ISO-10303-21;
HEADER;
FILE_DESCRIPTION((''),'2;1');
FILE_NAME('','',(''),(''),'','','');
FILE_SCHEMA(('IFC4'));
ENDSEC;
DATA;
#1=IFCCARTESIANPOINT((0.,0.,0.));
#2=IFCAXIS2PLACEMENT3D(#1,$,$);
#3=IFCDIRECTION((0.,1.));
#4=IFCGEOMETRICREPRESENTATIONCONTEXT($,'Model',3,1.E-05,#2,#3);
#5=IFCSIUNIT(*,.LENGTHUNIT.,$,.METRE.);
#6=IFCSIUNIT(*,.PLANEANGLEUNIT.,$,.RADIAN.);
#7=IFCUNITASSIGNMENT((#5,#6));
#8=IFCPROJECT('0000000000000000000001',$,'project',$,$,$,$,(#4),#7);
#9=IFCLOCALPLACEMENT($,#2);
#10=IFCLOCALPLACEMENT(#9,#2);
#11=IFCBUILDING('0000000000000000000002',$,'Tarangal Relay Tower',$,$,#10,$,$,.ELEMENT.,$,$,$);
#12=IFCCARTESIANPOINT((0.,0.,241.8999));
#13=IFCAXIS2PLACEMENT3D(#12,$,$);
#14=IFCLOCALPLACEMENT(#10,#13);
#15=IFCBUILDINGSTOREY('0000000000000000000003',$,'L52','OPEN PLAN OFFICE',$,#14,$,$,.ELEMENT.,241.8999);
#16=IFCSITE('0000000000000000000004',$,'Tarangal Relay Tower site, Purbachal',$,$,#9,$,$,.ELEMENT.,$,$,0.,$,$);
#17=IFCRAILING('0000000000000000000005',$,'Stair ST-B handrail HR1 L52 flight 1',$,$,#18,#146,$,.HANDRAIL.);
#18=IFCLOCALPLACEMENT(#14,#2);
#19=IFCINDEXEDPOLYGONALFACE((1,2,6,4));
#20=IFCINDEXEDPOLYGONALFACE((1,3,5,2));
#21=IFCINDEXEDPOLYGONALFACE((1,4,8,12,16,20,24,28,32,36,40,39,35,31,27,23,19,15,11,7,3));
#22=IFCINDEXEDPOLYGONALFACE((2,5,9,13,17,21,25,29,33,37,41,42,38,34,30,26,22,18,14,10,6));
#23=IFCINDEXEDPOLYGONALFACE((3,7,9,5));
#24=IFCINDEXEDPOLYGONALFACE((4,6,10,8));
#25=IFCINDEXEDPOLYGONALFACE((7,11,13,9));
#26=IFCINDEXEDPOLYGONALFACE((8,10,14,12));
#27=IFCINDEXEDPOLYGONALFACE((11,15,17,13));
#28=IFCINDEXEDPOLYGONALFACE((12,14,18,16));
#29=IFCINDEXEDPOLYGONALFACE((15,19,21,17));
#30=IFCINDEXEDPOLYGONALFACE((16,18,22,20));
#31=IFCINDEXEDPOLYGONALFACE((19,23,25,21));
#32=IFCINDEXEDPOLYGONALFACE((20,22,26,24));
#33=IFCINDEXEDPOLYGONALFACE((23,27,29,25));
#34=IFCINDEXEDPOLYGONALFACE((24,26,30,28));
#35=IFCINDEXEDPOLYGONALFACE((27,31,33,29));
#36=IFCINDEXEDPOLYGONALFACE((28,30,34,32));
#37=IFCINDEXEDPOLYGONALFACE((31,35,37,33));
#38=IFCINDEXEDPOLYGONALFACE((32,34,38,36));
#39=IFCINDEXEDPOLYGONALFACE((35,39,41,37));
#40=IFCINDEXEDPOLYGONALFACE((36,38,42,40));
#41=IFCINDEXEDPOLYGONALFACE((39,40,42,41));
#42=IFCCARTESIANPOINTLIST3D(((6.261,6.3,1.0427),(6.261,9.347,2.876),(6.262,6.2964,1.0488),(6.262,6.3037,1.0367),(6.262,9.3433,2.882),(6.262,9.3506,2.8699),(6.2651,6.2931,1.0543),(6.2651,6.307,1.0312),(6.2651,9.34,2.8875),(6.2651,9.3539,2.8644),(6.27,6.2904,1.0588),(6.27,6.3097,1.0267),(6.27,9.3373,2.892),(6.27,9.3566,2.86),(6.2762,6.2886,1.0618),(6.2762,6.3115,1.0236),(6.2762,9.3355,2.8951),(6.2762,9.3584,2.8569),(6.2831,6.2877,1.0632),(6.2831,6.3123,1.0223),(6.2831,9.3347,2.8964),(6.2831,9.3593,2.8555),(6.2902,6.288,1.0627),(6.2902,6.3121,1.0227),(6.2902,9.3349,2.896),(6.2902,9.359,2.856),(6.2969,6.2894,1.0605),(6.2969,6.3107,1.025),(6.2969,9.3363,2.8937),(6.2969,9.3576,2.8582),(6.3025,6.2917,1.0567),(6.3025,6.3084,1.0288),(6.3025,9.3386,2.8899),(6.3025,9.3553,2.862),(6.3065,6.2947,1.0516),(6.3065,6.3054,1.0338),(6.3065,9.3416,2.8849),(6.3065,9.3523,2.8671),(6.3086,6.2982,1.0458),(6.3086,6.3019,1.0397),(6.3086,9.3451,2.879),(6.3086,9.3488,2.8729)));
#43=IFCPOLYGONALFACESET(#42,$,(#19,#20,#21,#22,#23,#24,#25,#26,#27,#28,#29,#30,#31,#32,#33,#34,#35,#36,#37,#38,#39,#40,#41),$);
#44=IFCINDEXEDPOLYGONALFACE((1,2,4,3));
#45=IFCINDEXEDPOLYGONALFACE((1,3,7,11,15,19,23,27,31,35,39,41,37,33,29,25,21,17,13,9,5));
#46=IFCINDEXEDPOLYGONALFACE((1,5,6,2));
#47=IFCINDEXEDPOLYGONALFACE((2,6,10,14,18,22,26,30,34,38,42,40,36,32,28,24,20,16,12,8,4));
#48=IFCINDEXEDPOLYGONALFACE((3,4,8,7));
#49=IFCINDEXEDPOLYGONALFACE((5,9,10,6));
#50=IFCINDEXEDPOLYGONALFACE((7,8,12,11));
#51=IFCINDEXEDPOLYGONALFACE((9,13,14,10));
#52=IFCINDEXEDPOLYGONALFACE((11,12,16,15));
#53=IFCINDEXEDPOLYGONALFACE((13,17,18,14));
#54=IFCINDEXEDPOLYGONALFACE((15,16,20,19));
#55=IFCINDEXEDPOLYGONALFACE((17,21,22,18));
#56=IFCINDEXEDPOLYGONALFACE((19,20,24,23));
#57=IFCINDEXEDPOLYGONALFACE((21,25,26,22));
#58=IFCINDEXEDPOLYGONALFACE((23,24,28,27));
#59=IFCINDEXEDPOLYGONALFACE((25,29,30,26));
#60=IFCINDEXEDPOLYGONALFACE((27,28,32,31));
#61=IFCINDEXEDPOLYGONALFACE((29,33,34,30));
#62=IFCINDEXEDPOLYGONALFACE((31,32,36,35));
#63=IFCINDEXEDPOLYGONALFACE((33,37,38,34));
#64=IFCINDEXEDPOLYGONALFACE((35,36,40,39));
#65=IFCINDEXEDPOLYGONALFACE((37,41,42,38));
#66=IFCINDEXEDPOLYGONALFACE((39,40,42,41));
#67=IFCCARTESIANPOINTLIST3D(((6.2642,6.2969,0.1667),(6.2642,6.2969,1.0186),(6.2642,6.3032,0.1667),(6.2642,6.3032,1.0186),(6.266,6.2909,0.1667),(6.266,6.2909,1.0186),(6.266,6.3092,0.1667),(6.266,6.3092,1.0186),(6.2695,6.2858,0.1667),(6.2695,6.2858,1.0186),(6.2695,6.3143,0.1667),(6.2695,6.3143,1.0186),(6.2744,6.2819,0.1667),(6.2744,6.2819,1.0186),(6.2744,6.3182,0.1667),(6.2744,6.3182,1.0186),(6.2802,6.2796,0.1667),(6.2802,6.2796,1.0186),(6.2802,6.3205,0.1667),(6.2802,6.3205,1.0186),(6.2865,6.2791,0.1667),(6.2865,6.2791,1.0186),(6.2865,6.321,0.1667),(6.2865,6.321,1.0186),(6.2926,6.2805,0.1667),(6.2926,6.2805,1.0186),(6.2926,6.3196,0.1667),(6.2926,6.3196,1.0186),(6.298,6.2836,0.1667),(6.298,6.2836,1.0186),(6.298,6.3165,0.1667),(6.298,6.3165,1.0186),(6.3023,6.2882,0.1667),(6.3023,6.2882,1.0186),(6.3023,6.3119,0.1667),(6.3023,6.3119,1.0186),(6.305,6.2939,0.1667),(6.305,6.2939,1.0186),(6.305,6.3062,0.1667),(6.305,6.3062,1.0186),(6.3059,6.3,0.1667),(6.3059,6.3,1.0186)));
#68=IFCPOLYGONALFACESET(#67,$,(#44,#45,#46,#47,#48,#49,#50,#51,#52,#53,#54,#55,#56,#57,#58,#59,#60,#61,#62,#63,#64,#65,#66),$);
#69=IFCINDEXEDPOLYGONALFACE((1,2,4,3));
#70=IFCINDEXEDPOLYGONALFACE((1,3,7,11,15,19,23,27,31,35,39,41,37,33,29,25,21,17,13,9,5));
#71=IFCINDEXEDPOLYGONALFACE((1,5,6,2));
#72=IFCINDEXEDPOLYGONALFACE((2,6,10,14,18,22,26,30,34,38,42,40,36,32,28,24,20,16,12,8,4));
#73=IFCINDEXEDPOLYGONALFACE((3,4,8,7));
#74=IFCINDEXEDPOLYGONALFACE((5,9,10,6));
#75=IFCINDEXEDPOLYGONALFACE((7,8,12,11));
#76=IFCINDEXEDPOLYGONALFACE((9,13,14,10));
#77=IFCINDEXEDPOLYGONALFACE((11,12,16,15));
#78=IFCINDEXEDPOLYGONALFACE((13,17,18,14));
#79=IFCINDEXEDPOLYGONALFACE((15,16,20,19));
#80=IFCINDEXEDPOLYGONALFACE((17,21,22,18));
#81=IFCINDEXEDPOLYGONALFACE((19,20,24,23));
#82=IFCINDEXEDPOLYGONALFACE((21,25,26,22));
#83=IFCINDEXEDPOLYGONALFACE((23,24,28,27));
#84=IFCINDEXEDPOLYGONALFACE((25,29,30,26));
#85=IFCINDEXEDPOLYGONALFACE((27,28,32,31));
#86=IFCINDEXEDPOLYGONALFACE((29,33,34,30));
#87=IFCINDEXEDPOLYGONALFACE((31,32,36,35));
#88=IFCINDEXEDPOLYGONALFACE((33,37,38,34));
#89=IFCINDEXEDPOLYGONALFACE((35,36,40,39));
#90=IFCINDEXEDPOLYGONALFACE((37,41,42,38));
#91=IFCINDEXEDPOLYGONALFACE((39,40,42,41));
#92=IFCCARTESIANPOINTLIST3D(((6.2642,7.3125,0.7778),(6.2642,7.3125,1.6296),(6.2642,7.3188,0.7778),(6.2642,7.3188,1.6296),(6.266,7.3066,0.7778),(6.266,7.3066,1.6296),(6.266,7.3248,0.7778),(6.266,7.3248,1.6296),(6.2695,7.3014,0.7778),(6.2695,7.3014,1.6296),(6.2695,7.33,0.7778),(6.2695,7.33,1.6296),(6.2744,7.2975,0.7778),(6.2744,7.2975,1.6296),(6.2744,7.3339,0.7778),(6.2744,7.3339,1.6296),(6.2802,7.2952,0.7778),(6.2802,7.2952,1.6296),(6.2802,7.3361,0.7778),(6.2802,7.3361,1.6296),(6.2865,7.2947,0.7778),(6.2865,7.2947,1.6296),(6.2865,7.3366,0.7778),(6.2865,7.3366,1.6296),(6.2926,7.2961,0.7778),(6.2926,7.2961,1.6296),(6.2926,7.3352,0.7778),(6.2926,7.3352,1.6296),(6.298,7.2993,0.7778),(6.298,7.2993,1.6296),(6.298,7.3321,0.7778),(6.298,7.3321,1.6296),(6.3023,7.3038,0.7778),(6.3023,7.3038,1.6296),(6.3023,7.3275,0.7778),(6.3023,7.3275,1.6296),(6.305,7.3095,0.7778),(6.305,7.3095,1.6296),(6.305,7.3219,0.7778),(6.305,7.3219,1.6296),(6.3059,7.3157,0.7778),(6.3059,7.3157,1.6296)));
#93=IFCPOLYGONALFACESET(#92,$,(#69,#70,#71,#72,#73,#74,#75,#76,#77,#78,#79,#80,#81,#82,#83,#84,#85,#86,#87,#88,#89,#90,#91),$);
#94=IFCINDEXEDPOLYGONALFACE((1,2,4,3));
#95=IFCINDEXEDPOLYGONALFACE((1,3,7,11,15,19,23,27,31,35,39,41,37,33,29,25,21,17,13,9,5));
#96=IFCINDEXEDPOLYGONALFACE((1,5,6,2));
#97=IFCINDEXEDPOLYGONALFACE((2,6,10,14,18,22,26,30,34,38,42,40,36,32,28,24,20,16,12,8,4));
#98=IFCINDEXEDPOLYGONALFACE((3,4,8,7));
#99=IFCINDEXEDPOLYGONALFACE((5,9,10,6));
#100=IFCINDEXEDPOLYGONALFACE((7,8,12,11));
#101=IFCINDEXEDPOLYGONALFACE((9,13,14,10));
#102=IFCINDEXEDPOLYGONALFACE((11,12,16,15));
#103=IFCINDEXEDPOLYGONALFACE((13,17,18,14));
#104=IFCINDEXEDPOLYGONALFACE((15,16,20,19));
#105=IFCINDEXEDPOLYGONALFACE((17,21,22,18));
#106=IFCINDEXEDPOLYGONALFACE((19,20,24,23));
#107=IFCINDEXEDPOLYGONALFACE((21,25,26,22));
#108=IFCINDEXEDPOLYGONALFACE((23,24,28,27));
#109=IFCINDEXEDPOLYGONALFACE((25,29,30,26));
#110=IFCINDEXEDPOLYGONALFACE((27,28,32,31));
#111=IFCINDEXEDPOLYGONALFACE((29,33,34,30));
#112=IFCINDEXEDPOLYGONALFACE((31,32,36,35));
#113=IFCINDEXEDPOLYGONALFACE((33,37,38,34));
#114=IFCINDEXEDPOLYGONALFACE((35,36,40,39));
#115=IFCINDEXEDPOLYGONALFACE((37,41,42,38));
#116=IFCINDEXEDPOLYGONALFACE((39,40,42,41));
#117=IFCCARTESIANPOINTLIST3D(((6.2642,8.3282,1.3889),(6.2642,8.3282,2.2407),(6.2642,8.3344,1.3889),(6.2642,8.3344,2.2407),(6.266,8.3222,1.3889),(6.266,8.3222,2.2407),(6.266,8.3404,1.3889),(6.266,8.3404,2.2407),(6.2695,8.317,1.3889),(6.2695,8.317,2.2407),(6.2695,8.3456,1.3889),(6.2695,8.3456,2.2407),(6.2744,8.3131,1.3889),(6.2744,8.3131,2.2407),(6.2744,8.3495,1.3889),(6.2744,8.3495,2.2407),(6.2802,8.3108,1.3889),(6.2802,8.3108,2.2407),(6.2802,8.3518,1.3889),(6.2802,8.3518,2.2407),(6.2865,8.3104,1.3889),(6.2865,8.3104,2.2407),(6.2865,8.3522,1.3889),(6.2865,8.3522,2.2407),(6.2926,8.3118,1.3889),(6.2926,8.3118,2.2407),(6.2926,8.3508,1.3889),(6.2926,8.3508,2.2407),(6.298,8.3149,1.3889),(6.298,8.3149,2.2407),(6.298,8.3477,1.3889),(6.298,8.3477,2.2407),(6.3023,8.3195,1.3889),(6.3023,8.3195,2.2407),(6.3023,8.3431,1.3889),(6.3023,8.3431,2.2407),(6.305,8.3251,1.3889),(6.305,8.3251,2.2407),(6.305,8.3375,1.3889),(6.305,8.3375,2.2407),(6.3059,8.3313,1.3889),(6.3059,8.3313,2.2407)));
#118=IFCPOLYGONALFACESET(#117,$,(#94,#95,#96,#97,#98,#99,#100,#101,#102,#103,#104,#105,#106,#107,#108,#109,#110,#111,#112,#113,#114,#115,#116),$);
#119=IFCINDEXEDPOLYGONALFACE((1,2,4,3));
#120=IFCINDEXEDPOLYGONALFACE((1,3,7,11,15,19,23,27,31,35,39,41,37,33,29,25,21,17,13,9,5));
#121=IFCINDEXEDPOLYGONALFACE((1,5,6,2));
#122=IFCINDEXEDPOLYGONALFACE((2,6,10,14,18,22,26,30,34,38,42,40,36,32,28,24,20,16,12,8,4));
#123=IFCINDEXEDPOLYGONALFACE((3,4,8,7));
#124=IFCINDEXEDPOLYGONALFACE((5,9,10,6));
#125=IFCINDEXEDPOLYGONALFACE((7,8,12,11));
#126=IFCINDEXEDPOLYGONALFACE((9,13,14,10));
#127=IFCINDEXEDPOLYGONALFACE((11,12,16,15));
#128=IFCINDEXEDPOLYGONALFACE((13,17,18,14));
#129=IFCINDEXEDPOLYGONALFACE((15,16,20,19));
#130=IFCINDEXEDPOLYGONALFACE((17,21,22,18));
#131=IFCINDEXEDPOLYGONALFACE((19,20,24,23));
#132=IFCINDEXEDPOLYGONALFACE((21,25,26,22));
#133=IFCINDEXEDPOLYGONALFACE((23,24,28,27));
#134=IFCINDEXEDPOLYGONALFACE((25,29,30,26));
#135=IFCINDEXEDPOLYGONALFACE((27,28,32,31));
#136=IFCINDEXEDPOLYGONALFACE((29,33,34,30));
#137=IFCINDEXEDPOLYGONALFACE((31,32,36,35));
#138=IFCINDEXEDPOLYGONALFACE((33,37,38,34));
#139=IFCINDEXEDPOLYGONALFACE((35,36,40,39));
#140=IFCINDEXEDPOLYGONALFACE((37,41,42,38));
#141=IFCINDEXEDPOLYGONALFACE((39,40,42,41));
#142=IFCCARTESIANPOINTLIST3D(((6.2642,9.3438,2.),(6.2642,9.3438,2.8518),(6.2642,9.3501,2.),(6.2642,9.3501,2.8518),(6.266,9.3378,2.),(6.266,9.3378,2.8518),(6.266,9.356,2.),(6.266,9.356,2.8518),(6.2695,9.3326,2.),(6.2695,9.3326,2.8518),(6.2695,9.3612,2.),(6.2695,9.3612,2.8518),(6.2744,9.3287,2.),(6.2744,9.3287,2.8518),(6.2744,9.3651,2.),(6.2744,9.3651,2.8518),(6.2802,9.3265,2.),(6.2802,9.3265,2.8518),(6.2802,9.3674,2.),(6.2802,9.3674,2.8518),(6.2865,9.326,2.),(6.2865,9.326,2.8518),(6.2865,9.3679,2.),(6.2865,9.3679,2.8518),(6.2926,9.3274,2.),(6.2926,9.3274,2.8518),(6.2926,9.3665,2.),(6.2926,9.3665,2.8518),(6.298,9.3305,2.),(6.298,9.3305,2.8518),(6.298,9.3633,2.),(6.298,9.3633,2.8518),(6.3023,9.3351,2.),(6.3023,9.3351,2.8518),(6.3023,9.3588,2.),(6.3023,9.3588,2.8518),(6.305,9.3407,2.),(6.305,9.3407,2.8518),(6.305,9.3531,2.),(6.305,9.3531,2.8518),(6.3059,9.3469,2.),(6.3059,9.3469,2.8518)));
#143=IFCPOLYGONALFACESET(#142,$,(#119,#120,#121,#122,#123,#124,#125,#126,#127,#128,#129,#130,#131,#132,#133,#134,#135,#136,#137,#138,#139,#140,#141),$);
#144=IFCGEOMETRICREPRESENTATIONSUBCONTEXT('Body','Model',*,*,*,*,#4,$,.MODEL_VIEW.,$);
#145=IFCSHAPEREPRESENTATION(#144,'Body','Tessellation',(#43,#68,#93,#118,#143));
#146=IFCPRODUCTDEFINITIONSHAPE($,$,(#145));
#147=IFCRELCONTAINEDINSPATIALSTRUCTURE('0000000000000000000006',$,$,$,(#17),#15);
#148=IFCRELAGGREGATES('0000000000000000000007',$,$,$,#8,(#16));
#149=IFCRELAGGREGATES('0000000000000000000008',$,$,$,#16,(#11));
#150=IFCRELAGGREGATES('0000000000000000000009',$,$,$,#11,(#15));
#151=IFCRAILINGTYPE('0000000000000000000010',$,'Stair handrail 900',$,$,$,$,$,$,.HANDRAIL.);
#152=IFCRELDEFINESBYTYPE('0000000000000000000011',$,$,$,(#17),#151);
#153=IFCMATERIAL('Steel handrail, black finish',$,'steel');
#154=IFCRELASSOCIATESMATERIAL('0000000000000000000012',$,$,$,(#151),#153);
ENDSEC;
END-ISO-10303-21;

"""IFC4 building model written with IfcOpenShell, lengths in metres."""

from ifc_helpers import new_model, si_unit, direction, frame, origin, origin_2d, place, context, subcontext, project, spatial, circle, extrude, material, type_object, element, save


model = new_model("IFC4")

# Units and contexts
model_context = context("Model", 3, precision=1e-05, world=origin(), true_north=direction((0.0, 1.0)))
body_context = subcontext(model_context, "Body", "Model", "MODEL_VIEW")
ifc_project = project(units=[si_unit("LENGTHUNIT", "METRE"), si_unit("PLANEANGLEUNIT", "RADIAN")], contexts=[model_context])

# Site, building, storey
site_placement = place(None, origin())
site = spatial("IfcSite", under=ifc_project, at=site_placement, Name="Tarangal Relay Tower site, Purbachal", CompositionType="ELEMENT", RefElevation=0.0)
building_placement = place(site_placement, origin())
building = spatial("IfcBuilding", under=site, at=building_placement, Name="Tarangal Relay Tower", CompositionType="ELEMENT")
storey_placement = place(building_placement, frame((0.0, 0.0, 241.8999)))
storey = spatial("IfcBuildingStorey", under=building, at=storey_placement, Name="L52", Description="OPEN PLAN OFFICE", CompositionType="ELEMENT", Elevation=241.8999)

# Railing
ifc_material_1 = material(Name="Steel handrail, black finish", Category="steel")
railing_type_1 = type_object("IfcRailingType", Name="Stair handrail 900", PredefinedType="HANDRAIL", material=ifc_material_1)
railing_1_placement = place(storey_placement, frame((6.2849, 6.3, 0.1667)))
element("IfcRailing", 1, at=railing_1_placement, inside=storey, type_object=railing_type_1, Name="Stair ST-B handrail HR1 L52 flight 1", PredefinedType="HANDRAIL", context=body_context, shape_type="SweptSolid", body=[
    extrude(circle(Radius=0.0239, at=origin_2d()), frame((0.0, 0.0, 0.876), z_axis=(0.0, 0.856856, 0.515556), x_axis=(-1.0, 0.0, 0.0)), (0.0, 0.0, 1.0), 3.5559),
    extrude(circle(Radius=0.021, at=origin_2d()), origin(), (0.0, 0.0, 1.0), 0.8518),
    extrude(circle(Radius=0.021, at=origin_2d()), frame((0.0, 1.0156, 0.6111)), (0.0, 0.0, 1.0), 0.8518),
    extrude(circle(Radius=0.021, at=origin_2d()), frame((0.0, 2.0312, 1.2222)), (0.0, 0.0, 1.0), 0.8518),
    extrude(circle(Radius=0.021, at=origin_2d()), frame((0.0, 3.0469, 1.8333)), (0.0, 0.0, 1.0), 0.8518),
])

save(model, "model.ifc")
